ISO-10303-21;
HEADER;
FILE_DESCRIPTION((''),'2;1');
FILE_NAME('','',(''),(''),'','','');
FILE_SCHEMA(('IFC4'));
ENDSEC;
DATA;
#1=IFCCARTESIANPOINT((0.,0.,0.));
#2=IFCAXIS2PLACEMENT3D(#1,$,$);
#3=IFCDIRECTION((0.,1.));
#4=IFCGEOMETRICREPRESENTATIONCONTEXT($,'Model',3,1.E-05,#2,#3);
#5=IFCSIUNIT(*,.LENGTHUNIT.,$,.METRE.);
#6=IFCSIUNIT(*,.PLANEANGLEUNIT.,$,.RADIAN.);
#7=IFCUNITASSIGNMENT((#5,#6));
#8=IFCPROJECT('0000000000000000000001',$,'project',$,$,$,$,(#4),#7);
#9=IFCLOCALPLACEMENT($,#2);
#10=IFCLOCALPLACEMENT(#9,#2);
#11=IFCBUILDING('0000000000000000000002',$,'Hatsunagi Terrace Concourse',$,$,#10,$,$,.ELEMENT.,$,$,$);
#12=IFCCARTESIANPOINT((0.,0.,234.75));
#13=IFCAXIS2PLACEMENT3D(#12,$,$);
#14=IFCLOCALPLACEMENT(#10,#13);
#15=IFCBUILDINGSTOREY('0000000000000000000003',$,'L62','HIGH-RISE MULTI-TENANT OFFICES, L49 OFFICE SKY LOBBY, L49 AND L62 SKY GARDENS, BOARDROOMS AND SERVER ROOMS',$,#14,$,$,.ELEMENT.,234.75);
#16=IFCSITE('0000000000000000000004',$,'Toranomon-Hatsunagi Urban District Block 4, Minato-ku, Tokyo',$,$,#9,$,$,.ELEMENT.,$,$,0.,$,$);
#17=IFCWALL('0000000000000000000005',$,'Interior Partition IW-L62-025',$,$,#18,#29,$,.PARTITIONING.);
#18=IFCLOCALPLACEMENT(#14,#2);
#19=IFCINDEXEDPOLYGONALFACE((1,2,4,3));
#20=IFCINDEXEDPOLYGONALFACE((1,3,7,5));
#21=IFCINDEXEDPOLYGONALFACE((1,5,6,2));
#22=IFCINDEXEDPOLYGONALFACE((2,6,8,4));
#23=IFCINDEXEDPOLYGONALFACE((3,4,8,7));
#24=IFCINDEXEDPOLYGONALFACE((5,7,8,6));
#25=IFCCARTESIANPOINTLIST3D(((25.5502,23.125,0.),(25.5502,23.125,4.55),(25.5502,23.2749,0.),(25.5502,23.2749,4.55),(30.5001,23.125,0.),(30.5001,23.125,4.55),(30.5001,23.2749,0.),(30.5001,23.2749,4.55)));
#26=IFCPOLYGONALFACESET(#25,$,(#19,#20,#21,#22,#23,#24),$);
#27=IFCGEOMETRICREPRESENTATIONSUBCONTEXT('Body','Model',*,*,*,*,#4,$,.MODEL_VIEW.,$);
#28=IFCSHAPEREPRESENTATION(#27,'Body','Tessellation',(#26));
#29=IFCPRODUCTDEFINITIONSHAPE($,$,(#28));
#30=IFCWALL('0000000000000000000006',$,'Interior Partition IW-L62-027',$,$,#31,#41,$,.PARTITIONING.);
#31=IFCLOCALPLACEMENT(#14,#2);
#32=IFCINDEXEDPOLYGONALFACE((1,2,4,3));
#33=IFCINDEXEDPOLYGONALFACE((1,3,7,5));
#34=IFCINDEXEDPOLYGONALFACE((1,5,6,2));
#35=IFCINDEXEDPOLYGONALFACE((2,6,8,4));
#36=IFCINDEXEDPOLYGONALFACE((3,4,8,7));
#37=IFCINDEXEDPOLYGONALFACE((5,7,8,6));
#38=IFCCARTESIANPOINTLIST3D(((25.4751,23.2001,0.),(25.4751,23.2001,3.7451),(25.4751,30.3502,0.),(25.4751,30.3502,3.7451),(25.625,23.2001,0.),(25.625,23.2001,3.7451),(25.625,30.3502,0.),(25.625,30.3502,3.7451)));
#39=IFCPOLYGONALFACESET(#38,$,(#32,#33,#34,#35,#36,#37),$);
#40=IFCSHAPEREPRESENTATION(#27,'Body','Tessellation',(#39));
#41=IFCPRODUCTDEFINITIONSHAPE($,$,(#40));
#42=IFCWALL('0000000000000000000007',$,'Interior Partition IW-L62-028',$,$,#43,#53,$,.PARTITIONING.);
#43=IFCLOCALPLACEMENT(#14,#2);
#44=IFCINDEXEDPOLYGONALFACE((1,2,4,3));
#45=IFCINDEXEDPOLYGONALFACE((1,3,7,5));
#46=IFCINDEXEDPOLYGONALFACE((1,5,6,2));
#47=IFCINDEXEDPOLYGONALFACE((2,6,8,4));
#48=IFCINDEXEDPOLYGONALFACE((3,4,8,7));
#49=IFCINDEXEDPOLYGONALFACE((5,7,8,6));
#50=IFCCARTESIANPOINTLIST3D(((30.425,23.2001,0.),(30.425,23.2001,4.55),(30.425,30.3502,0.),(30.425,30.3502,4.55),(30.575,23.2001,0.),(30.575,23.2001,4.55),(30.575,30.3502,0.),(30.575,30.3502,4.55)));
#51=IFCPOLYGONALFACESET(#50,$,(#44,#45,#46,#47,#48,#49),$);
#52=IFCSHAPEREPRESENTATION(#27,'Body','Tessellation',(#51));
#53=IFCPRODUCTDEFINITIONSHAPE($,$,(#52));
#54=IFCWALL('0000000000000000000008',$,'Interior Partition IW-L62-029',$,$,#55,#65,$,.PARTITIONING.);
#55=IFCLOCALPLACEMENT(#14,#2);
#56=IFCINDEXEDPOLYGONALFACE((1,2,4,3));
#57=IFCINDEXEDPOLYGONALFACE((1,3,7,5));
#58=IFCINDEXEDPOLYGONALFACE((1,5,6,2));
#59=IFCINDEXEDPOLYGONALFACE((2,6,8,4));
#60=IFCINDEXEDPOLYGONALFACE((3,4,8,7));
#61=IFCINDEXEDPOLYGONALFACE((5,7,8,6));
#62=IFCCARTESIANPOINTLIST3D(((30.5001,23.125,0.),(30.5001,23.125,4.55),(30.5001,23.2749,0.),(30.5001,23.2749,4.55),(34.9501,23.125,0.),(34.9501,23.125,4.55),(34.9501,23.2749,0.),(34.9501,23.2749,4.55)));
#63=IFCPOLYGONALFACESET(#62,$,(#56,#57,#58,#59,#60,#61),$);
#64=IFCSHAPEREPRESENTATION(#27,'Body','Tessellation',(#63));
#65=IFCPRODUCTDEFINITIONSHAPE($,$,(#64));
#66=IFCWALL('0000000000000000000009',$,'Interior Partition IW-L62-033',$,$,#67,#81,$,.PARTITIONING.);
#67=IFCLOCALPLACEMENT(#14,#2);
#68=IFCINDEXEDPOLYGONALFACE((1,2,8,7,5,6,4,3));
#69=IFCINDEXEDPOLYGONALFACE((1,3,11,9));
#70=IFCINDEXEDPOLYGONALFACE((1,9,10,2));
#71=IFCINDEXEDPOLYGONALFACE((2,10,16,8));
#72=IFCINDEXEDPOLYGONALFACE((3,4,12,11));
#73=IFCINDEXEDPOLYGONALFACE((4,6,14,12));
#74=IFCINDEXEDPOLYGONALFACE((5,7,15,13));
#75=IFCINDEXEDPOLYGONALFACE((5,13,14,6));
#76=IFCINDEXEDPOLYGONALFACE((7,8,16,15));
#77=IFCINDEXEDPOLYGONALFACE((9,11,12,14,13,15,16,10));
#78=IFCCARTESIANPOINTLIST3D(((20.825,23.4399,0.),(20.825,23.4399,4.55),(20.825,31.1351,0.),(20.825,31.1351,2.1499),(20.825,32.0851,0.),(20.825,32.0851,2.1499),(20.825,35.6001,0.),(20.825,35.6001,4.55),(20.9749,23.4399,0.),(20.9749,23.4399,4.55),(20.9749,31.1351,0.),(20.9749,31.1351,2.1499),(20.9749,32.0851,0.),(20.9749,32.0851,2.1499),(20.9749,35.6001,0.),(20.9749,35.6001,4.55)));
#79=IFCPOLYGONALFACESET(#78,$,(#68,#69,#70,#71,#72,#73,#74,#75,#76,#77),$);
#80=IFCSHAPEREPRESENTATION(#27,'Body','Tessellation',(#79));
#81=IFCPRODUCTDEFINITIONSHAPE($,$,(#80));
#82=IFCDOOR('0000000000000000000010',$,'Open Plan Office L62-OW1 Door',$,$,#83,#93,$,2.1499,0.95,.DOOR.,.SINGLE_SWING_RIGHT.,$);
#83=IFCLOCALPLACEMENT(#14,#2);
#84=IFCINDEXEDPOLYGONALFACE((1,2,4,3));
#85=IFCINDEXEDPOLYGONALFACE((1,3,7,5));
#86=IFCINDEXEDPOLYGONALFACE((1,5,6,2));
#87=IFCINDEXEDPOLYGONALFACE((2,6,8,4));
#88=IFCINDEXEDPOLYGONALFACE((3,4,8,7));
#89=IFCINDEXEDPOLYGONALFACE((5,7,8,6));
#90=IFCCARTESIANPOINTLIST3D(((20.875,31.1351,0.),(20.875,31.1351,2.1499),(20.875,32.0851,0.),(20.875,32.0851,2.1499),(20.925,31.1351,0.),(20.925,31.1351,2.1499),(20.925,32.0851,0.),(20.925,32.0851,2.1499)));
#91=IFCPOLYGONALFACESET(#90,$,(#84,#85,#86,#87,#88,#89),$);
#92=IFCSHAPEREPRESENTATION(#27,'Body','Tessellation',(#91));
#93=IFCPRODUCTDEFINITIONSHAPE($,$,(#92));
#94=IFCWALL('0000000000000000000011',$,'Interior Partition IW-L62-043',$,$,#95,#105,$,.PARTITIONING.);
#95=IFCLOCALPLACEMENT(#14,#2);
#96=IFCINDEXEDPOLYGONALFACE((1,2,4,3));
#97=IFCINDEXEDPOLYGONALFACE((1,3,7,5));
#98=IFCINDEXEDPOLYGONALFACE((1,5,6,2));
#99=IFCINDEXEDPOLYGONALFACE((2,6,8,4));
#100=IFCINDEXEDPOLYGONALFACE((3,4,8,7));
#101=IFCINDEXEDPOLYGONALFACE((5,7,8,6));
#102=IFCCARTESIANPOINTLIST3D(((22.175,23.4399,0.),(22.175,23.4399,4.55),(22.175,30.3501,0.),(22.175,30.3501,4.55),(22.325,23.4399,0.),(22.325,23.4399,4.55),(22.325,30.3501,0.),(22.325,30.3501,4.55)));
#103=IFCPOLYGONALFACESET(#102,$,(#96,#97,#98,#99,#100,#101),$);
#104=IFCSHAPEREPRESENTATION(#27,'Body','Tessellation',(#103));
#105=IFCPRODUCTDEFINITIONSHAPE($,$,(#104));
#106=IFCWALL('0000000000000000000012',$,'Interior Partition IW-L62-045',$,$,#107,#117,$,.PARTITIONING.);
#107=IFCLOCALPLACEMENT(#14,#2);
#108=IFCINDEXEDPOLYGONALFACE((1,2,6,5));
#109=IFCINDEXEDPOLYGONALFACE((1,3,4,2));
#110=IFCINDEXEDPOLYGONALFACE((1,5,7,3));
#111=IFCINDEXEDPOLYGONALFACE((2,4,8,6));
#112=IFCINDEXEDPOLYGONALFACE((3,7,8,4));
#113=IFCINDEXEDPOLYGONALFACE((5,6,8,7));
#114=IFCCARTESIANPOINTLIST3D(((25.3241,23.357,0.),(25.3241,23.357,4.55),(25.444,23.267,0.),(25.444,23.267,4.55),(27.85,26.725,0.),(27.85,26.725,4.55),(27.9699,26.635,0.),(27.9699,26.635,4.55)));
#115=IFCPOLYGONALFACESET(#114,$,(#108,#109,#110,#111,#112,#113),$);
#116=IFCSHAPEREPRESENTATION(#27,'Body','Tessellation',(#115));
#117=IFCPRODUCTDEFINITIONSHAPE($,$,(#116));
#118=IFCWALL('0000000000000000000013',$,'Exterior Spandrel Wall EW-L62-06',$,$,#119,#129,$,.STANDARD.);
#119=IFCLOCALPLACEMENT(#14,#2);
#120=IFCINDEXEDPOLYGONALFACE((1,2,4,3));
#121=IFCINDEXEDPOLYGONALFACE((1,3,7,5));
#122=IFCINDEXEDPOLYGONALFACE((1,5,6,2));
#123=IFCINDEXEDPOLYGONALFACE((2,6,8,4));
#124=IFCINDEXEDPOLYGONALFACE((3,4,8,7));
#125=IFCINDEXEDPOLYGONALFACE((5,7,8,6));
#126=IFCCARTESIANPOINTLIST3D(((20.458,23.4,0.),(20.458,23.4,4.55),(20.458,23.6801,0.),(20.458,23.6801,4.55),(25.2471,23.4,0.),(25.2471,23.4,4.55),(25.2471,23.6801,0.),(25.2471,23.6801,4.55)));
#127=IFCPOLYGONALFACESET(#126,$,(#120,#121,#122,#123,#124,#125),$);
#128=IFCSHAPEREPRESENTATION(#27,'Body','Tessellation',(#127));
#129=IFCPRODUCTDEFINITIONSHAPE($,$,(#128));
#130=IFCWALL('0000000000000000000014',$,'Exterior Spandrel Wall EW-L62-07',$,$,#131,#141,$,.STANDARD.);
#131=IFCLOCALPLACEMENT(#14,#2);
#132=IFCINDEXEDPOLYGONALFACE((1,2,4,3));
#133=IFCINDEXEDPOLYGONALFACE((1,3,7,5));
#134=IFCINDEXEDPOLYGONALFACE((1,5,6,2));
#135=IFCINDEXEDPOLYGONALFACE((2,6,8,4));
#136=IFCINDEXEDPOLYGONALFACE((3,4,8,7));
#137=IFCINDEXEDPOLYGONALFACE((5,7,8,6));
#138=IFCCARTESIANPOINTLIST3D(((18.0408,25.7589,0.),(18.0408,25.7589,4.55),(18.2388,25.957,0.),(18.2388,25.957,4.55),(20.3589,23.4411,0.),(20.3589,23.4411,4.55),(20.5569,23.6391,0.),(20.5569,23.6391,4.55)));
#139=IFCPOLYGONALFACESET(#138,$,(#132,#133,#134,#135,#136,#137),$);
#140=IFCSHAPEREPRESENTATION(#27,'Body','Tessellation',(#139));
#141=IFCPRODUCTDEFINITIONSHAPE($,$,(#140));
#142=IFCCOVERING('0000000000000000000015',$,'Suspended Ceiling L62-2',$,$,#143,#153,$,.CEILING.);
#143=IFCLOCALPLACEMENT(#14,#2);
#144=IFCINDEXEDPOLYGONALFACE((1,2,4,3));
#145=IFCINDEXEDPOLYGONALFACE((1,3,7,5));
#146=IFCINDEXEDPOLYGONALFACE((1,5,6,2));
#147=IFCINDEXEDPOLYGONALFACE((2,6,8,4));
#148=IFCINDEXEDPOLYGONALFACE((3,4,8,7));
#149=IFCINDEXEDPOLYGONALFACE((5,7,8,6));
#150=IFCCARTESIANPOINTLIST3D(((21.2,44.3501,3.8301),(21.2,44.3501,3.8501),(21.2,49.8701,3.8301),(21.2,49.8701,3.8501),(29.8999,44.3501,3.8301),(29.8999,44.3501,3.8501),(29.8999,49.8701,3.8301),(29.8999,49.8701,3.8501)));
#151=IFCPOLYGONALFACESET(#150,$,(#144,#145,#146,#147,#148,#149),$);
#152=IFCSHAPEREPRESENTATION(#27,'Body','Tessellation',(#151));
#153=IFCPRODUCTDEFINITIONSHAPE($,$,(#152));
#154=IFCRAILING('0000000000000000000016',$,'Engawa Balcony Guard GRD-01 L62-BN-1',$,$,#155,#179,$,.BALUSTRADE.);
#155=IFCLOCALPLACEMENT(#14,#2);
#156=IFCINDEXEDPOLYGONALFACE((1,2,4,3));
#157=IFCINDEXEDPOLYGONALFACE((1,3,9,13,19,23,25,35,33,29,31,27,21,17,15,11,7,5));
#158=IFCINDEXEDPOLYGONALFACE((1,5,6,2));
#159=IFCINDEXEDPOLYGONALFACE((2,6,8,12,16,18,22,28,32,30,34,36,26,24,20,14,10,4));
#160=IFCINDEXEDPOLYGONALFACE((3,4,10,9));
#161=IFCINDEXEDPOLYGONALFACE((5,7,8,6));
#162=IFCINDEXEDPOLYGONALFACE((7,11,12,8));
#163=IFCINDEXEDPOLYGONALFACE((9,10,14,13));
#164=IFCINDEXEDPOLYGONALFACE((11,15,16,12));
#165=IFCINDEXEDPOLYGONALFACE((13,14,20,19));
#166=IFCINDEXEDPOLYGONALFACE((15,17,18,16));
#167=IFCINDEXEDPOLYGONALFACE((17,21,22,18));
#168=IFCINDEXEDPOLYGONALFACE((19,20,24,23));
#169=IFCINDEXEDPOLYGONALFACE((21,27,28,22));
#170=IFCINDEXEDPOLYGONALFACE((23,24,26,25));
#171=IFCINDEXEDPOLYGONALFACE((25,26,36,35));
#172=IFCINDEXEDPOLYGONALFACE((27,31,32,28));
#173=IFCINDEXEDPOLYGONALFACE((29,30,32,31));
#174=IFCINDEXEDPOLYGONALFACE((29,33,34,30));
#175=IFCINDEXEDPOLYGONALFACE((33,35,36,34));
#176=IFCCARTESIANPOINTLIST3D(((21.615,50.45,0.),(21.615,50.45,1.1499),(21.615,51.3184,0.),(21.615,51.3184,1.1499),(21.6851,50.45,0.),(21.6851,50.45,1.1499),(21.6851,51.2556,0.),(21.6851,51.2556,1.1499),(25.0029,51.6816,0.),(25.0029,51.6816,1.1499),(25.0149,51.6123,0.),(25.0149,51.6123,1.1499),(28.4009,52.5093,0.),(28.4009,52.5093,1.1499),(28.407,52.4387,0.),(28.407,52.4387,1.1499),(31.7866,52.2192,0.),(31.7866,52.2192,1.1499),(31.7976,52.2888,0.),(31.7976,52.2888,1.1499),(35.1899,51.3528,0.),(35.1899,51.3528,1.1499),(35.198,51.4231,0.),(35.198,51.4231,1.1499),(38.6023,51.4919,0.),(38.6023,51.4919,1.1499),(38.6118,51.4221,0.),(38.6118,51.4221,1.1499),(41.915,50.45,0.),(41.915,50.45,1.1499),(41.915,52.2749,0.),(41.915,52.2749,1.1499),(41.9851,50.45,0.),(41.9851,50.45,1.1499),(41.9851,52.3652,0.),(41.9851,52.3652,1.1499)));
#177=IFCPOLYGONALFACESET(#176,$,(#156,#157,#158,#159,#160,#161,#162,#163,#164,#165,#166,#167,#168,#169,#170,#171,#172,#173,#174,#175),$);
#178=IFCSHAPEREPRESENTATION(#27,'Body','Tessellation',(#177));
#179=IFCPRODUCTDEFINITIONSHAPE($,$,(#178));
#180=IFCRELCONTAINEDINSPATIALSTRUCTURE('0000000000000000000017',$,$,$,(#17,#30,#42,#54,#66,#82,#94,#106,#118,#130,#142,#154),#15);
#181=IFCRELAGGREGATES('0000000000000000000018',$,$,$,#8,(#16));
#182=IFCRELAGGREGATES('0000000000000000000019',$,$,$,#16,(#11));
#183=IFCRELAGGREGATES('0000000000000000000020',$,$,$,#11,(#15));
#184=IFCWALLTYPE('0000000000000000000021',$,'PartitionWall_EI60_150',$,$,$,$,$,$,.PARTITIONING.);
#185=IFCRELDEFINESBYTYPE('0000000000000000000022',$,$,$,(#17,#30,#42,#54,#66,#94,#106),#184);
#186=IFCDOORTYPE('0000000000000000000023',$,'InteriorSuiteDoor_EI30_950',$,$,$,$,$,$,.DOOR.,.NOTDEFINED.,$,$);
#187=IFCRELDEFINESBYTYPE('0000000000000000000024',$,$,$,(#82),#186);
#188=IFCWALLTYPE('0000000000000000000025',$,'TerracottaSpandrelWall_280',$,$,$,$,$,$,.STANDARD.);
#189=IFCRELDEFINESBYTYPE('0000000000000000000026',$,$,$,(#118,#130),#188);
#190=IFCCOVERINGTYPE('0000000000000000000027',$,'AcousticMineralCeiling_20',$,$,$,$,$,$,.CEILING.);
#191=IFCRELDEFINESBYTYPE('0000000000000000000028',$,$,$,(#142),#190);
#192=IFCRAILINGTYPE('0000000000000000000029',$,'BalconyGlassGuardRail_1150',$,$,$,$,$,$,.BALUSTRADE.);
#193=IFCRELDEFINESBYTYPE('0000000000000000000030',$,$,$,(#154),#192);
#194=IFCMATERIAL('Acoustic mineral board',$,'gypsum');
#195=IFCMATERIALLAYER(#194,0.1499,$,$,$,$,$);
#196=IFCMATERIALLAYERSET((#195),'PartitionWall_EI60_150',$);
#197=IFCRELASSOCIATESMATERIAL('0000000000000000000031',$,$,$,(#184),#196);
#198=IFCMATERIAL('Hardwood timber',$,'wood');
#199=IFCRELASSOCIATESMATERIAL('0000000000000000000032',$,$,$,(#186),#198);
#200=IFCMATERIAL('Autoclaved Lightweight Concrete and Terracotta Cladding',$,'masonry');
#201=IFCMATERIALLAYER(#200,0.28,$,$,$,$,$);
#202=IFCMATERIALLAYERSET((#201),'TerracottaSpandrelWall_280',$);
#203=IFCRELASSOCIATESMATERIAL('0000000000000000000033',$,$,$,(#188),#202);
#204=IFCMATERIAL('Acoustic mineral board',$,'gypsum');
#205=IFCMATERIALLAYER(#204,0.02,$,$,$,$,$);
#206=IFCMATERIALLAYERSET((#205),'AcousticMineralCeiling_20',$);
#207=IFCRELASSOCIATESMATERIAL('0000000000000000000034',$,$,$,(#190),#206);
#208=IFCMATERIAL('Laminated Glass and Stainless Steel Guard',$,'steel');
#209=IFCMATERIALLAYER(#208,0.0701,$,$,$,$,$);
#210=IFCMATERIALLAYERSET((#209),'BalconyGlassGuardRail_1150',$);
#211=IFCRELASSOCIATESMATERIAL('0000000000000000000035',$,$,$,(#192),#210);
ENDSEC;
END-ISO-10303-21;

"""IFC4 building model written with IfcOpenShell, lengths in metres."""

from ifc_helpers import new_model, si_unit, direction, frame, frame_2d, origin, place, context, subcontext, project, spatial, polyline, rectangle, outline, extrude, material, layer, layer_set, type_object, element, fill, save


model = new_model("IFC4")

# Units and contexts
model_context = context("Model", 3, precision=1e-05, world=origin(), true_north=direction((0.0, 1.0)))
body_context = subcontext(model_context, "Body", "Model", "MODEL_VIEW")
ifc_project = project(units=[si_unit("LENGTHUNIT", "METRE"), si_unit("PLANEANGLEUNIT", "RADIAN")], contexts=[model_context])

# Site, building, storey
site_placement = place(None, origin())
site = spatial("IfcSite", under=ifc_project, at=site_placement, Name="Toranomon-Hatsunagi Urban District Block 4, Minato-ku, Tokyo", CompositionType="ELEMENT", RefElevation=0.0)
building_placement = place(site_placement, origin())
building = spatial("IfcBuilding", under=site, at=building_placement, Name="Hatsunagi Terrace Concourse", CompositionType="ELEMENT")
storey_placement = place(building_placement, frame((0.0, 0.0, 234.75)))
storey = spatial("IfcBuildingStorey", under=building, at=storey_placement, Name="L62", Description="HIGH-RISE MULTI-TENANT OFFICES, L49 OFFICE SKY LOBBY, L49 AND L62 SKY GARDENS, BOARDROOMS AND SERVER ROOMS", CompositionType="ELEMENT", Elevation=234.75)

# Walls
ifc_material_1 = material(Name="Acoustic mineral board", Category="gypsum")
ifc_layer_1 = layer(ifc_material_1, 0.1499)
ifc_layer_set_1 = layer_set([ifc_layer_1], Name="PartitionWall_EI60_150")
wall_type_1 = type_object("IfcWallType", Name="PartitionWall_EI60_150", PredefinedType="PARTITIONING", material=ifc_layer_set_1)
wall_1_placement = place(storey_placement, frame((25.55, 23.2, 0.0), z_axis=(0.0, 0.0, 1.0), x_axis=(1.0, 0.0, 0.0)))
element("IfcWall", 1, at=wall_1_placement, inside=storey, type_object=wall_type_1, Name="Interior Partition IW-L62-025", PredefinedType="PARTITIONING", context=body_context, shape_type="SweptSolid", body=[
    extrude(rectangle(XDim=4.95, YDim=0.1499, at=frame_2d((2.4751, 0.0))), origin(), (0.0, 0.0, 1.0), 4.55),
])
wall_2_placement = place(storey_placement, frame((25.55, 23.2, 0.0), z_axis=(0.0, 0.0, 1.0), x_axis=(0.0, 1.0, 0.0)))
element("IfcWall", 2, at=wall_2_placement, inside=storey, type_object=wall_type_1, Name="Interior Partition IW-L62-027", PredefinedType="PARTITIONING", context=body_context, shape_type="SweptSolid", body=[
    extrude(rectangle(XDim=7.1501, YDim=0.1499, at=frame_2d((3.5752, 0.0))), origin(), (0.0, 0.0, 1.0), 3.7451),
])
wall_3_placement = place(storey_placement, frame((30.5, 23.2, 0.0), z_axis=(0.0, 0.0, 1.0), x_axis=(0.0, 1.0, 0.0)))
element("IfcWall", 3, at=wall_3_placement, inside=storey, type_object=wall_type_1, Name="Interior Partition IW-L62-028", PredefinedType="PARTITIONING", context=body_context, shape_type="SweptSolid", body=[
    extrude(rectangle(XDim=7.1501, YDim=0.1499, at=frame_2d((3.5752, 0.0))), origin(), (0.0, 0.0, 1.0), 4.55),
])
wall_4_placement = place(storey_placement, frame((30.5, 23.2, 0.0), z_axis=(0.0, 0.0, 1.0), x_axis=(1.0, 0.0, 0.0)))
element("IfcWall", 4, at=wall_4_placement, inside=storey, type_object=wall_type_1, Name="Interior Partition IW-L62-029", PredefinedType="PARTITIONING", context=body_context, shape_type="SweptSolid", body=[
    extrude(rectangle(XDim=4.45, YDim=0.1499, at=frame_2d((2.2251, 0.0))), origin(), (0.0, 0.0, 1.0), 4.55),
])

# Wall, opening, door
wall_5_placement = place(storey_placement, frame((20.8999, 23.4399, 0.0), z_axis=(0.0, 0.0, 1.0), x_axis=(0.0, 1.0, 0.0)))
wall_5 = element("IfcWall", 5, at=wall_5_placement, inside=storey, type_object=wall_type_1, Name="Interior Partition IW-L62-033", PredefinedType="PARTITIONING", context=body_context, shape_type="SweptSolid", body=[
    extrude(rectangle(XDim=12.1602, YDim=0.1499, at=frame_2d((6.0801, 0.0))), origin(), (0.0, 0.0, 1.0), 4.55),
])
opening_placement = place(wall_5_placement, frame((7.6951, 0.0, 0.0)))
opening = element("IfcOpeningElement", 6, at=opening_placement, cuts=wall_5, PredefinedType="OPENING", context=body_context, shape_type="SweptSolid", body=[
    extrude(rectangle(XDim=0.95, YDim=2.1499, at=frame_2d((0.4751, 1.075))), frame((0.0, 0.085, 0.0), z_axis=(0.0, -1.0, 0.0), x_axis=(1.0, 0.0, 0.0)), (0.0, 0.0, 1.0), 0.1699),
])
ifc_material_2 = material(Name="Hardwood timber", Category="wood")
door_type = type_object("IfcDoorType", Name="InteriorSuiteDoor_EI30_950", OperationType="NOTDEFINED", PredefinedType="DOOR", material=ifc_material_2)
door_placement = place(opening_placement, origin())
door = element("IfcDoor", 7, at=door_placement, inside=storey, type_object=door_type, Name="Open Plan Office L62-OW1 Door", OperationType="SINGLE_SWING_RIGHT", OverallHeight=2.1499, OverallWidth=0.95, PredefinedType="DOOR", context=body_context, shape_type="SweptSolid", body=[
    extrude(rectangle(XDim=0.95, YDim=2.1499, at=frame_2d((0.4751, 1.075))), frame((0.0, 0.0249, 0.0), z_axis=(0.0, -1.0, 0.0), x_axis=(1.0, 0.0, 0.0)), (0.0, 0.0, 1.0), 0.05),
])
fill(opening, door)

# Walls
wall_6_placement = place(storey_placement, frame((22.25, 23.4399, 0.0), z_axis=(0.0, 0.0, 1.0), x_axis=(0.0, 1.0, 0.0)))
element("IfcWall", 8, at=wall_6_placement, inside=storey, type_object=wall_type_1, Name="Interior Partition IW-L62-043", PredefinedType="PARTITIONING", context=body_context, shape_type="SweptSolid", body=[
    extrude(rectangle(XDim=6.9102, YDim=0.1499, at=frame_2d((3.4551, 0.0))), origin(), (0.0, 0.0, 1.0), 4.55),
])
wall_7_placement = place(storey_placement, frame((25.384, 23.312, 0.0), z_axis=(0.0, 0.0, 1.0), x_axis=(0.599991, 0.800007, 0.0)))
element("IfcWall", 9, at=wall_7_placement, inside=storey, type_object=wall_type_1, Name="Interior Partition IW-L62-045", PredefinedType="PARTITIONING", context=body_context, shape_type="SweptSolid", body=[
    extrude(rectangle(XDim=4.21, YDim=0.1499, at=frame_2d((2.105, 0.0))), origin(), (0.0, 0.0, 1.0), 4.55),
])
ifc_material_3 = material(Name="Autoclaved Lightweight Concrete and Terracotta Cladding", Category="masonry")
ifc_layer_2 = layer(ifc_material_3, 0.28)
ifc_layer_set_2 = layer_set([ifc_layer_2], Name="TerracottaSpandrelWall_280")
wall_type_2 = type_object("IfcWallType", Name="TerracottaSpandrelWall_280", PredefinedType="STANDARD", material=ifc_layer_set_2)
wall_8_placement = place(storey_placement, frame((25.2471, 23.54, 0.0), z_axis=(0.0, 0.0, 1.0), x_axis=(-1.0, 0.0, 0.0)))
element("IfcWall", 10, at=wall_8_placement, inside=storey, type_object=wall_type_2, Name="Exterior Spandrel Wall EW-L62-06", PredefinedType="STANDARD", context=body_context, shape_type="SweptSolid", body=[
    extrude(rectangle(XDim=4.7891, YDim=0.28, at=frame_2d((2.3945, 0.0))), origin(), (0.0, 0.0, 1.0), 4.55),
])
wall_9_placement = place(storey_placement, frame((20.458, 23.54, 0.0), z_axis=(0.0, 0.0, 1.0), x_axis=(-0.707144, 0.70707, 0.0)))
element("IfcWall", 11, at=wall_9_placement, inside=storey, type_object=wall_type_2, Name="Exterior Spandrel Wall EW-L62-07", PredefinedType="STANDARD", context=body_context, shape_type="SweptSolid", body=[
    extrude(rectangle(XDim=3.2781, YDim=0.28, at=frame_2d((1.6392, 0.0))), origin(), (0.0, 0.0, 1.0), 4.55),
])

# Covering
ifc_material_4 = material(Name="Acoustic mineral board", Category="gypsum")
ifc_layer_3 = layer(ifc_material_4, 0.02)
ifc_layer_set_3 = layer_set([ifc_layer_3], Name="AcousticMineralCeiling_20")
covering_type_1 = type_object("IfcCoveringType", Name="AcousticMineralCeiling_20", PredefinedType="CEILING", material=ifc_layer_set_3)
covering_1_placement = place(storey_placement, frame((0.0, 0.0, 3.8301)))
element("IfcCovering", 12, at=covering_1_placement, inside=storey, type_object=covering_type_1, Name="Suspended Ceiling L62-2", PredefinedType="CEILING", context=body_context, shape_type="SweptSolid", body=[
    extrude(outline(polyline([(21.2, 49.8701), (21.2, 44.3501), (29.8999, 44.3501), (29.8999, 49.8701), (21.2, 49.8701)])), origin(), (0.0, 0.0, 1.0), 0.02),
])

# Railing
ifc_material_5 = material(Name="Laminated Glass and Stainless Steel Guard", Category="steel")
ifc_layer_4 = layer(ifc_material_5, 0.0701)
ifc_layer_set_4 = layer_set([ifc_layer_4], Name="BalconyGlassGuardRail_1150")
railing_type = type_object("IfcRailingType", Name="BalconyGlassGuardRail_1150", PredefinedType="BALUSTRADE", material=ifc_layer_set_4)
railing_1_placement = place(storey_placement, origin())
element("IfcRailing", 13, at=railing_1_placement, inside=storey, type_object=railing_type, Name="Engawa Balcony Guard GRD-01 L62-BN-1", PredefinedType="BALUSTRADE", context=body_context, shape_type="SweptSolid", body=[
    extrude(outline(polyline([(21.615, 50.45), (21.6851, 50.45), (21.6851, 51.2556), (25.0149, 51.6123), (28.407, 52.4387), (31.7866, 52.2192), (35.1899, 51.3528), (38.6118, 51.4221), (41.915, 52.2749), (41.915, 50.45), (41.9851, 50.45), (41.9851, 52.3652), (38.6023, 51.4919), (35.198, 51.4231), (31.7976, 52.2888), (28.4009, 52.5093), (25.0029, 51.6816), (21.615, 51.3184), (21.615, 50.45)])), origin(), (0.0, 0.0, 1.0), 1.1499),
])

save(model, "model.ifc")
